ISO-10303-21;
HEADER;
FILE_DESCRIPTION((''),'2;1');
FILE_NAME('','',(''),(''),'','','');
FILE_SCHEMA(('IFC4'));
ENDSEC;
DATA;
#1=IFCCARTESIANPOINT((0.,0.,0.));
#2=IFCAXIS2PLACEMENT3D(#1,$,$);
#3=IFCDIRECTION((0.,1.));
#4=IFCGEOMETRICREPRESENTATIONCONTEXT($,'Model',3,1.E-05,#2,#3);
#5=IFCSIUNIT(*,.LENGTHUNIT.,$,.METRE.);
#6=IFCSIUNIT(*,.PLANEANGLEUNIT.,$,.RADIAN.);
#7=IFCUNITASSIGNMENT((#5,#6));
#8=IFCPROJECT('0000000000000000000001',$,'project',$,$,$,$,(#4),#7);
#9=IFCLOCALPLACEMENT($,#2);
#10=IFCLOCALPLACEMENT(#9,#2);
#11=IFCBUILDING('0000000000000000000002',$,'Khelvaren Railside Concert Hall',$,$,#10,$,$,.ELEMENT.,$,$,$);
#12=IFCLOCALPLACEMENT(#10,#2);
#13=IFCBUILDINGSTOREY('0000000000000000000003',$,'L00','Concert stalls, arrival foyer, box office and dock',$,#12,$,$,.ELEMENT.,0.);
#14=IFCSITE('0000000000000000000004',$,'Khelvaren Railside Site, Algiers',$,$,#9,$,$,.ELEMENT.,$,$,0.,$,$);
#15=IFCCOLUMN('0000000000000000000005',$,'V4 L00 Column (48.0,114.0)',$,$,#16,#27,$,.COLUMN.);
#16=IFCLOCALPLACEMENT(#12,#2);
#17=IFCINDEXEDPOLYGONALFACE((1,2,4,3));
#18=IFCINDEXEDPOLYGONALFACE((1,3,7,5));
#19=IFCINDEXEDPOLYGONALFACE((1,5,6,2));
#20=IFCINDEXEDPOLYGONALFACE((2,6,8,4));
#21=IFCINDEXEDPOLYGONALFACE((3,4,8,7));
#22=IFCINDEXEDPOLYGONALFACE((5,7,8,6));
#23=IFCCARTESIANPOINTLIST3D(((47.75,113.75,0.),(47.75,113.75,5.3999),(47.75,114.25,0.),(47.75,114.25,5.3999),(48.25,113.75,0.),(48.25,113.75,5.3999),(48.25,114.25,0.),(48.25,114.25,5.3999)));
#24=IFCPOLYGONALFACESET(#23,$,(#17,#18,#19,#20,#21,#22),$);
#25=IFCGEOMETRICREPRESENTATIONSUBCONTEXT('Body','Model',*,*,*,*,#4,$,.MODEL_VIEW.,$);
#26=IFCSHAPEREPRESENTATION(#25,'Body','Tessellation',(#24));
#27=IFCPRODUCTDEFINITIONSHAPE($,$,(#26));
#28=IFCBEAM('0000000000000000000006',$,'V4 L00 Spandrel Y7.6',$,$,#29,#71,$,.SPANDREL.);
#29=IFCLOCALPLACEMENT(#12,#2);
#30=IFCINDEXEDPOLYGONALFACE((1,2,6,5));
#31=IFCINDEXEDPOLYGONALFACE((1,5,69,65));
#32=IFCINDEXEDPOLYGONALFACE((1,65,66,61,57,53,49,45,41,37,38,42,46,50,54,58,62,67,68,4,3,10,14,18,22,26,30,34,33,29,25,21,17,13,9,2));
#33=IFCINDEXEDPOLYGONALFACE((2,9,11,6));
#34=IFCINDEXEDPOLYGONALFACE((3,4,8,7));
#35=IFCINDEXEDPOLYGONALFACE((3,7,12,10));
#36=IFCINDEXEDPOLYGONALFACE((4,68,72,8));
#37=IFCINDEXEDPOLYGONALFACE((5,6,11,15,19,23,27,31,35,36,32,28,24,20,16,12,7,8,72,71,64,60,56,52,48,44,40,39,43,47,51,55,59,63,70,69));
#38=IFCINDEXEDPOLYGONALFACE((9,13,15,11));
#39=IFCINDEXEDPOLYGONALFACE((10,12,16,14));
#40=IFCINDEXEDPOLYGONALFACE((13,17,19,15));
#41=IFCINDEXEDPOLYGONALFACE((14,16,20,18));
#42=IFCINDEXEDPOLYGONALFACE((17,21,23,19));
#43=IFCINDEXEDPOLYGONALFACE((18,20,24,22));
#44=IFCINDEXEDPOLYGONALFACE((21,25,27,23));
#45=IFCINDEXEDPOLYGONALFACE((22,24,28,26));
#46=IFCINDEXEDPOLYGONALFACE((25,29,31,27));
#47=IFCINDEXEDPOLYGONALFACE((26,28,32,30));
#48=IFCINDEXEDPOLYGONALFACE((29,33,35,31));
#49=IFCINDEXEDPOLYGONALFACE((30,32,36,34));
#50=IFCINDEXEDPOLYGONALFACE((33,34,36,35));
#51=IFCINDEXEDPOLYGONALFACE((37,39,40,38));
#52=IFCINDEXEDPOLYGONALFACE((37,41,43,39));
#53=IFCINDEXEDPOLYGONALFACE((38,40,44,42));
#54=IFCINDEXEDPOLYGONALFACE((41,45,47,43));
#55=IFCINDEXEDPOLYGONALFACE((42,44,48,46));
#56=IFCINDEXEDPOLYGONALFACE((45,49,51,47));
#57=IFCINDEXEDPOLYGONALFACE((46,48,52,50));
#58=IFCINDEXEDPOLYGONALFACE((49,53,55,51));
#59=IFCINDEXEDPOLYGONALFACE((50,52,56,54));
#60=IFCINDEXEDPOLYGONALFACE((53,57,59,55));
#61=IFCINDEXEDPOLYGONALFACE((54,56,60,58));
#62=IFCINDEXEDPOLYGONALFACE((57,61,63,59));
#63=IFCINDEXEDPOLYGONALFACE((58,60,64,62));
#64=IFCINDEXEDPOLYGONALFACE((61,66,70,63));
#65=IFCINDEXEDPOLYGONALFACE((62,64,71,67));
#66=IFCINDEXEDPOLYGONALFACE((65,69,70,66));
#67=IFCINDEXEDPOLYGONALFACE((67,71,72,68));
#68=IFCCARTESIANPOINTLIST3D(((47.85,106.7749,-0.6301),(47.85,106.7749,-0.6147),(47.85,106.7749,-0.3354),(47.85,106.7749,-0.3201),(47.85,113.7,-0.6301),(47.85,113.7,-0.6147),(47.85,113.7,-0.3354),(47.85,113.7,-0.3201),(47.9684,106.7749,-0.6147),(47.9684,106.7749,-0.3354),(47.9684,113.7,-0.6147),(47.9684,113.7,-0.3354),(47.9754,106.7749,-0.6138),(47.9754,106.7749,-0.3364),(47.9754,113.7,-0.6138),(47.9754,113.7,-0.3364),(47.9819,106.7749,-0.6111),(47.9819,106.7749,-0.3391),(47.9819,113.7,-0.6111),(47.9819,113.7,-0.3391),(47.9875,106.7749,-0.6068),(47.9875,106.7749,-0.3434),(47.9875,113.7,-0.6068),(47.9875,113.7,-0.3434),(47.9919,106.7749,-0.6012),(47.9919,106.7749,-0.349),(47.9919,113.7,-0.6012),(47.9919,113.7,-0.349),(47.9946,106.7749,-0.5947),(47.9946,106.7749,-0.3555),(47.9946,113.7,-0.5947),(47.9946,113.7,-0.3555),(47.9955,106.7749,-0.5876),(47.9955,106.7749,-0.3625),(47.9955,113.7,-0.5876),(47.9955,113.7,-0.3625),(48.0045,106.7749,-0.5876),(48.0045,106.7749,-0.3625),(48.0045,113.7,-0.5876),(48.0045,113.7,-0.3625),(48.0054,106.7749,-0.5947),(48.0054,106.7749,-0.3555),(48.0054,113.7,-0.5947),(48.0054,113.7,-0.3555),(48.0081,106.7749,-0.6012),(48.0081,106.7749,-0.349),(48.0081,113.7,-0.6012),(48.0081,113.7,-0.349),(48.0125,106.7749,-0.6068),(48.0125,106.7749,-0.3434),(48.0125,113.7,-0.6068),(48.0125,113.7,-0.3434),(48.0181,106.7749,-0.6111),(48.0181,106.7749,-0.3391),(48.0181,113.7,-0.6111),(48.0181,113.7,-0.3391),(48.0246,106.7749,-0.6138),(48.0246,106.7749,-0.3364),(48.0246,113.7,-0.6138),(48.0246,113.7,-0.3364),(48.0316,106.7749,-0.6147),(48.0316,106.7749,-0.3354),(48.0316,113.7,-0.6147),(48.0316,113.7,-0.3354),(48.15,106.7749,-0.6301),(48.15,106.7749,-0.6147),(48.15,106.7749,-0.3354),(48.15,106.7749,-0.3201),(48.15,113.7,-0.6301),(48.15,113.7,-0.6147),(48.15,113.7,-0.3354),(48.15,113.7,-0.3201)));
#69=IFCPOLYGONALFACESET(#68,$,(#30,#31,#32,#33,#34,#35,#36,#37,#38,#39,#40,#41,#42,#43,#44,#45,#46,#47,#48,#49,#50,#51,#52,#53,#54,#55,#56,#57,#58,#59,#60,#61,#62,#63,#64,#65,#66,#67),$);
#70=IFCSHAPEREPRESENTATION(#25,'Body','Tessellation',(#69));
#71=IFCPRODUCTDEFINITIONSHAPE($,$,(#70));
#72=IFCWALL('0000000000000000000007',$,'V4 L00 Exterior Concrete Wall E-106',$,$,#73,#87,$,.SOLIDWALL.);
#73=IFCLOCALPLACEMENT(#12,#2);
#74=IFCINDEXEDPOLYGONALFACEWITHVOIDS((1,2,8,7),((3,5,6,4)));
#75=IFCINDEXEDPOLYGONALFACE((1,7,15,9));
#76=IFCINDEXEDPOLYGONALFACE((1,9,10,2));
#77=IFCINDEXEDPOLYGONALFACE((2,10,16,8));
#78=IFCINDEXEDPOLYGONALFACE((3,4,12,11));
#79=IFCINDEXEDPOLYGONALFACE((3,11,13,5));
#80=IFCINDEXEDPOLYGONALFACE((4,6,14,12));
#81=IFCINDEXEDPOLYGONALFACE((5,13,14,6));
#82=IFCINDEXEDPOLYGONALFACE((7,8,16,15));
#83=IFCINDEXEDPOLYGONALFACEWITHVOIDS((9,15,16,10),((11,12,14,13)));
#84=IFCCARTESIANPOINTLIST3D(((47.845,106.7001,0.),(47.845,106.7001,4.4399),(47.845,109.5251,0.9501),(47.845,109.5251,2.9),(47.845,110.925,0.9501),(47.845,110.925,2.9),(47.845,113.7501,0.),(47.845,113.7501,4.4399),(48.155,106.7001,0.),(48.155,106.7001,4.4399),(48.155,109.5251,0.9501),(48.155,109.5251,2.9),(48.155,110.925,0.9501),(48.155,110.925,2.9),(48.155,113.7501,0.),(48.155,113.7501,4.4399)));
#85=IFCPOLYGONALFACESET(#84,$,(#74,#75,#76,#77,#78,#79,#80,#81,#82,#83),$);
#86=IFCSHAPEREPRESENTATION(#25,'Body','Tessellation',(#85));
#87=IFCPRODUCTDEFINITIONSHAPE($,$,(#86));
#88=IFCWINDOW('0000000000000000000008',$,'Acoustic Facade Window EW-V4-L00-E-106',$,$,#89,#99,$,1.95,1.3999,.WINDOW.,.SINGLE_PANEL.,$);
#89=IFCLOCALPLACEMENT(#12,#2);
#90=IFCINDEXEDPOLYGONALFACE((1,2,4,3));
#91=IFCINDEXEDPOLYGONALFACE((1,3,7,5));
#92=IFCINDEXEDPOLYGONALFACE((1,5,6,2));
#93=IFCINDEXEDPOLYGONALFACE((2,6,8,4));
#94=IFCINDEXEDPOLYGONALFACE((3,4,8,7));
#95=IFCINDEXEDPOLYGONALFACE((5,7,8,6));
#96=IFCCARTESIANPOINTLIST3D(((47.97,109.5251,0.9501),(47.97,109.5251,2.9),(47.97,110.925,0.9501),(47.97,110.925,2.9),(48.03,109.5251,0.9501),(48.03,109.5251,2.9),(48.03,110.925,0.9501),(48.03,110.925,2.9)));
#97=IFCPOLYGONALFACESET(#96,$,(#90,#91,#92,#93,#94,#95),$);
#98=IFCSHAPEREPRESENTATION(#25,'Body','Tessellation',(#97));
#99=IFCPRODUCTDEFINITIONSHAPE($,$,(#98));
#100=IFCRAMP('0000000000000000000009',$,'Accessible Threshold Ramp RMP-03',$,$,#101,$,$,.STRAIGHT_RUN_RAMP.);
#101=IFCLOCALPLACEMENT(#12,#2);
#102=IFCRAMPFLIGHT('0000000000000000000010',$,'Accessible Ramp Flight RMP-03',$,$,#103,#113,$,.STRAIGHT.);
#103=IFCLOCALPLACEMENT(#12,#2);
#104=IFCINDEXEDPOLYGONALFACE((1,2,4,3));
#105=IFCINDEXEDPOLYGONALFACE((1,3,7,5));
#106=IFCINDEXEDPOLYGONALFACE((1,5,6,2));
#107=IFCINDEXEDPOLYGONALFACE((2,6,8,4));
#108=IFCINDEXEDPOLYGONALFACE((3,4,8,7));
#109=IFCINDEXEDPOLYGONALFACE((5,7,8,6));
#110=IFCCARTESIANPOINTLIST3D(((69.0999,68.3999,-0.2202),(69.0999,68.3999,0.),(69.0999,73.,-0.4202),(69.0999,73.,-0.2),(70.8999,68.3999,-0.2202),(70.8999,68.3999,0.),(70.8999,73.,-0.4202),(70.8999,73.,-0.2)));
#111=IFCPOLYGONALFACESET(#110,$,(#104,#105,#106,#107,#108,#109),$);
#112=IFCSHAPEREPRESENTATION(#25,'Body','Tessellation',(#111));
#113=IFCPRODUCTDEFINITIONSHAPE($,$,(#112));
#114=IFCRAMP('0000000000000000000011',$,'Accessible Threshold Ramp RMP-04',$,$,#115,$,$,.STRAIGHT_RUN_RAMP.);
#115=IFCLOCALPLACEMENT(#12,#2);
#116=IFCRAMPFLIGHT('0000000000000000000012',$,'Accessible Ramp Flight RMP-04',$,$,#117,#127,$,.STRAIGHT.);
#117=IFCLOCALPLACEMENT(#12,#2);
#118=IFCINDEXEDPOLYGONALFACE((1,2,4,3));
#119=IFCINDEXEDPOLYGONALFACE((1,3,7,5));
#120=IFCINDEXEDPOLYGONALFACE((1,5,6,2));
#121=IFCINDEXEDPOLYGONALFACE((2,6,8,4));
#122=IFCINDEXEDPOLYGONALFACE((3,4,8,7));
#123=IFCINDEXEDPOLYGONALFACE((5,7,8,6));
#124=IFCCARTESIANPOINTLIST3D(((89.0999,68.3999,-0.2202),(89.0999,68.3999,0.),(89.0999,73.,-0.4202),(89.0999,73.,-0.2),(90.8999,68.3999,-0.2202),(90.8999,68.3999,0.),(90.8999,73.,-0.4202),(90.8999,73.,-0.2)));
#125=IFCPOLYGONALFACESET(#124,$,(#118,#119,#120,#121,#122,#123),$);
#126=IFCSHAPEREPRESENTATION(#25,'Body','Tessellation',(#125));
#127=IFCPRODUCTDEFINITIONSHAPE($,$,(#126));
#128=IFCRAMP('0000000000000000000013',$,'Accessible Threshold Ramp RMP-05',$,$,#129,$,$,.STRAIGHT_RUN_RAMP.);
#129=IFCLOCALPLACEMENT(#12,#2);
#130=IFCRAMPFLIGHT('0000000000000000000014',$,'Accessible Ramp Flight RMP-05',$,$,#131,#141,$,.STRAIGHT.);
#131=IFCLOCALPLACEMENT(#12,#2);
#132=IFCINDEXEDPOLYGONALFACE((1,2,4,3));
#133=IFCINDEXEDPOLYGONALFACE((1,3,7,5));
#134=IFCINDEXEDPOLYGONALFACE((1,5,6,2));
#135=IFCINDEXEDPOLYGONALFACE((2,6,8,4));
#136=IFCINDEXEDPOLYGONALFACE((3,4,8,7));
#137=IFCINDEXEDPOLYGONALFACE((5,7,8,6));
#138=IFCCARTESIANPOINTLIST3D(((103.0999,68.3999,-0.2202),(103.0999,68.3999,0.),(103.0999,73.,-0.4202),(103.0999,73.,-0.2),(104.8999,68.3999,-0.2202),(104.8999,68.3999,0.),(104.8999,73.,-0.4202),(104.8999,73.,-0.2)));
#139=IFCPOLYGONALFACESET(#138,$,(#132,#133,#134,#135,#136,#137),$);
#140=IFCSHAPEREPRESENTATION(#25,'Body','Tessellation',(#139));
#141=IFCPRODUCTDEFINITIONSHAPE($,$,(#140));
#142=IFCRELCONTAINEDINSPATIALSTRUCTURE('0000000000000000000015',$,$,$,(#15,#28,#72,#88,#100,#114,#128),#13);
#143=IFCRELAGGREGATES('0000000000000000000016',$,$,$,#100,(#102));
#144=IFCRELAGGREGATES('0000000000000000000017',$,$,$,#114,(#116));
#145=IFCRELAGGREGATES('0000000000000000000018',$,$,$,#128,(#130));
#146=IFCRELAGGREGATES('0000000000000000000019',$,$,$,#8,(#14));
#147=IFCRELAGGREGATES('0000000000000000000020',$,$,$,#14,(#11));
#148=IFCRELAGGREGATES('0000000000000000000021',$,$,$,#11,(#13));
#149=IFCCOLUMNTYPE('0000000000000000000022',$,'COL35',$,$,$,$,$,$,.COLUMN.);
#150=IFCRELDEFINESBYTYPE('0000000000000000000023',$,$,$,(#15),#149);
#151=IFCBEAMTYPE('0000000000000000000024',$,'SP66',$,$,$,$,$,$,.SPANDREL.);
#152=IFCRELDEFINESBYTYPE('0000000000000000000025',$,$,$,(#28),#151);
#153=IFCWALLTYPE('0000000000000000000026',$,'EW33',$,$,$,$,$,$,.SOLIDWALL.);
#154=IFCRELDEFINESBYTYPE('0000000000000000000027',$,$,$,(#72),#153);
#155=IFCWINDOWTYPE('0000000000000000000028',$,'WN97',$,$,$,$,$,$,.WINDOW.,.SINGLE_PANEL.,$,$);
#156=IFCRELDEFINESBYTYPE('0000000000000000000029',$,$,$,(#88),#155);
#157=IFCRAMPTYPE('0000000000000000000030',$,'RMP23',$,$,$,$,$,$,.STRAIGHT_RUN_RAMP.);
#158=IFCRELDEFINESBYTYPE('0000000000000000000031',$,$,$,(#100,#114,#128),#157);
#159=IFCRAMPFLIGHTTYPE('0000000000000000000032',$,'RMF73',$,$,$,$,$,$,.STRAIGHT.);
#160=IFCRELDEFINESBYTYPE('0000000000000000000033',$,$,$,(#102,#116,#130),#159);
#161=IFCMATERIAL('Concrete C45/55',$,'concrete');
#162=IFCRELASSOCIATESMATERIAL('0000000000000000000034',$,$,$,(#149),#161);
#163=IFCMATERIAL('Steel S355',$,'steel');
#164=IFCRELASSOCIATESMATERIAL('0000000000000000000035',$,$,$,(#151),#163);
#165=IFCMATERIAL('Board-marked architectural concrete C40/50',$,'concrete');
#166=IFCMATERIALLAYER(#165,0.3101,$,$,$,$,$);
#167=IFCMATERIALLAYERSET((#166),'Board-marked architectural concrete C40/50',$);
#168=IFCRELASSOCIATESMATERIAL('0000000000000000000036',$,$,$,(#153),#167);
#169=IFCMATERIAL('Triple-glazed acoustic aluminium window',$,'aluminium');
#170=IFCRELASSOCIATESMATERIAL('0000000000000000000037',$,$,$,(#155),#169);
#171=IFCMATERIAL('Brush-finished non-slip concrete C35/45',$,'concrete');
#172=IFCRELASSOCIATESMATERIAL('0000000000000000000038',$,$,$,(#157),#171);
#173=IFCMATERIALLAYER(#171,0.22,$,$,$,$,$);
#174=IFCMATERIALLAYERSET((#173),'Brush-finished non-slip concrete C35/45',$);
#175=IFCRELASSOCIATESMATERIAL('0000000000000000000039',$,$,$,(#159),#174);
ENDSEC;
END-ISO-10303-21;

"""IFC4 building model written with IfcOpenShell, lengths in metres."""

from ifc_helpers import new_model, si_unit, direction, frame, frame_2d, origin, origin_2d, place, context, subcontext, project, spatial, polyline, rectangle, i_section, outline, extrude, material, layer, layer_set, material_profile, profile_set, type_object, element, fill, aggregate, save


model = new_model("IFC4")

# Units and contexts
model_context = context("Model", 3, precision=1e-05, world=origin(), true_north=direction((0.0, 1.0)))
body_context = subcontext(model_context, "Body", "Model", "MODEL_VIEW")
ifc_project = project(units=[si_unit("LENGTHUNIT", "METRE"), si_unit("PLANEANGLEUNIT", "RADIAN")], contexts=[model_context])

# Site, building, storey
site_placement = place(None, origin())
site = spatial("IfcSite", under=ifc_project, at=site_placement, Name="Khelvaren Railside Site, Algiers", CompositionType="ELEMENT", RefElevation=0.0)
building_placement = place(site_placement, origin())
building = spatial("IfcBuilding", under=site, at=building_placement, Name="Khelvaren Railside Concert Hall", CompositionType="ELEMENT")
storey_placement = place(building_placement, origin())
storey = spatial("IfcBuildingStorey", under=building, at=storey_placement, Name="L00", Description="Concert stalls, arrival foyer, box office and dock", CompositionType="ELEMENT", Elevation=0.0)

# Column
ifc_material_1 = material(Name="Concrete C45/55", Category="concrete")
ifc_material_profile_1 = material_profile(ifc_material_1, rectangle(XDim=0.5, YDim=0.5, at=origin_2d()), Name="RC 500x500")
ifc_profile_set_1 = profile_set([ifc_material_profile_1], Name="Concrete C45/55")
column_type = type_object("IfcColumnType", Name="COL35", PredefinedType="COLUMN", material=ifc_profile_set_1)
column_placement = place(storey_placement, frame((48.0, 114.0, 0.0), z_axis=(0.0, 0.0, 1.0), x_axis=(1.0, 0.0, 0.0)))
element("IfcColumn", 1, at=column_placement, inside=storey, type_object=column_type, Name="V4 L00 Column (48.0,114.0)", PredefinedType="COLUMN", context=body_context, shape_type="SweptSolid", body=[
    extrude(rectangle(XDim=0.5, YDim=0.5, at=origin_2d()), origin(), (0.0, 0.0, 1.0), 5.3999),
])

# Beam
ifc_material_2 = material(Name="Steel S355", Category="steel")
ifc_material_profile_2 = material_profile(ifc_material_2, i_section(OverallWidth=0.3, OverallDepth=0.3101, WebThickness=0.009, FlangeThickness=0.0154, FilletRadius=0.0271, at=origin_2d()), Name="HEA 320")
ifc_profile_set_2 = profile_set([ifc_material_profile_2], Name="Steel S355")
beam_type = type_object("IfcBeamType", Name="SP66", PredefinedType="SPANDREL", material=ifc_profile_set_2)
beam_placement = place(storey_placement, frame((48.0, 106.7749, -0.4751), z_axis=(0.0, 1.0, 0.0), x_axis=(-1.0, 0.0, 0.0)))
element("IfcBeam", 2, at=beam_placement, inside=storey, type_object=beam_type, Name="V4 L00 Spandrel Y7.6", PredefinedType="SPANDREL", context=body_context, shape_type="SweptSolid", body=[
    extrude(i_section(OverallWidth=0.3, OverallDepth=0.3101, WebThickness=0.009, FlangeThickness=0.0154, FilletRadius=0.0271, at=origin_2d()), origin(), (0.0, 0.0, 1.0), 6.925),
])

# Wall, opening, window
ifc_material_3 = material(Name="Board-marked architectural concrete C40/50", Category="concrete")
ifc_layer_1 = layer(ifc_material_3, 0.3101)
ifc_layer_set_1 = layer_set([ifc_layer_1], Name="Board-marked architectural concrete C40/50")
wall_type = type_object("IfcWallType", Name="EW33", PredefinedType="SOLIDWALL", material=ifc_layer_set_1)
wall_placement = place(storey_placement, frame((48.0, 113.75, 0.0), z_axis=(0.0, 0.0, 1.0), x_axis=(0.0, -1.0, 0.0)))
wall = element("IfcWall", 3, at=wall_placement, inside=storey, type_object=wall_type, Name="V4 L00 Exterior Concrete Wall E-106", PredefinedType="SOLIDWALL", context=body_context, shape_type="SweptSolid", body=[
    extrude(rectangle(XDim=7.05, YDim=0.3101, at=frame_2d((3.5249, 0.0))), origin(), (0.0, 0.0, 1.0), 4.4399),
])
opening_placement = place(wall_placement, frame((2.825, 0.0, 0.95)))
opening = element("IfcOpeningElement", 4, at=opening_placement, cuts=wall, PredefinedType="OPENING", context=body_context, shape_type="SweptSolid", body=[
    extrude(rectangle(XDim=1.3999, YDim=1.95, at=frame_2d((0.7, 0.9751))), frame((0.0, 0.165, 0.0), z_axis=(0.0, -1.0, 0.0), x_axis=(1.0, 0.0, 0.0)), (0.0, 0.0, 1.0), 0.3301),
])
ifc_material_4 = material(Name="Triple-glazed acoustic aluminium window", Category="aluminium")
window_type = type_object("IfcWindowType", Name="WN97", PartitioningType="SINGLE_PANEL", PredefinedType="WINDOW", material=ifc_material_4)
window_placement = place(opening_placement, origin())
window = element("IfcWindow", 5, at=window_placement, inside=storey, type_object=window_type, Name="Acoustic Facade Window EW-V4-L00-E-106", OverallHeight=1.95, OverallWidth=1.3999, PartitioningType="SINGLE_PANEL", PredefinedType="WINDOW", context=body_context, shape_type="SweptSolid", body=[
    extrude(rectangle(XDim=1.3999, YDim=1.95, at=frame_2d((0.7, 0.9751))), frame((0.0, 0.03, 0.0), z_axis=(0.0, -1.0, 0.0), x_axis=(1.0, 0.0, 0.0)), (0.0, 0.0, 1.0), 0.0601),
])
fill(opening, window)

# Ramps, ramp flights
ifc_material_5 = material(Name="Brush-finished non-slip concrete C35/45", Category="concrete")
ramp_type = type_object("IfcRampType", Name="RMP23", PredefinedType="STRAIGHT_RUN_RAMP", material=ifc_material_5)
ramp_1_placement = place(storey_placement, origin())
ramp_1 = element("IfcRamp", 6, at=ramp_1_placement, inside=storey, type_object=ramp_type, Name="Accessible Threshold Ramp RMP-03", PredefinedType="STRAIGHT_RUN_RAMP")
ifc_layer_2 = layer(ifc_material_5, 0.22)
ifc_layer_set_2 = layer_set([ifc_layer_2], Name="Brush-finished non-slip concrete C35/45")
ramp_flight_type = type_object("IfcRampFlightType", Name="RMF73", PredefinedType="STRAIGHT", material=ifc_layer_set_2)
ramp_flight_1_placement = place(storey_placement, frame((70.0, 73.0, -0.2), z_axis=(0.0, 0.0, 1.0), x_axis=(0.0, -1.0, 0.0)))
ramp_flight_1 = element("IfcRampFlight", 7, at=ramp_flight_1_placement, type_object=ramp_flight_type, Name="Accessible Ramp Flight RMP-03", PredefinedType="STRAIGHT", context=body_context, shape_type="SweptSolid", body=[
    extrude(outline(polyline([(0.0, 0.0), (4.6001, 0.2), (4.6001, -0.0203), (0.0, -0.2202), (0.0, 0.0)])), frame((0.0, 0.8999, 0.0), z_axis=(0.0, -1.0, 0.0), x_axis=(1.0, 0.0, 0.0)), (0.0, 0.0, 1.0), 1.8),
])
aggregate(ramp_1, [ramp_flight_1])
ramp_2_placement = place(storey_placement, origin())
ramp_2 = element("IfcRamp", 8, at=ramp_2_placement, inside=storey, type_object=ramp_type, Name="Accessible Threshold Ramp RMP-04", PredefinedType="STRAIGHT_RUN_RAMP")
ramp_flight_2_placement = place(storey_placement, frame((90.0, 73.0, -0.2), z_axis=(0.0, 0.0, 1.0), x_axis=(0.0, -1.0, 0.0)))
ramp_flight_2 = element("IfcRampFlight", 9, at=ramp_flight_2_placement, type_object=ramp_flight_type, Name="Accessible Ramp Flight RMP-04", PredefinedType="STRAIGHT", context=body_context, shape_type="SweptSolid", body=[
    extrude(outline(polyline([(0.0, 0.0), (4.6001, 0.2), (4.6001, -0.0203), (0.0, -0.2202), (0.0, 0.0)])), frame((0.0, 0.8999, 0.0), z_axis=(0.0, -1.0, 0.0), x_axis=(1.0, 0.0, 0.0)), (0.0, 0.0, 1.0), 1.8),
])
aggregate(ramp_2, [ramp_flight_2])
ramp_3_placement = place(storey_placement, origin())
ramp_3 = element("IfcRamp", 10, at=ramp_3_placement, inside=storey, type_object=ramp_type, Name="Accessible Threshold Ramp RMP-05", PredefinedType="STRAIGHT_RUN_RAMP")
ramp_flight_3_placement = place(storey_placement, frame((104.0, 73.0, -0.2), z_axis=(0.0, 0.0, 1.0), x_axis=(0.0, -1.0, 0.0)))
ramp_flight_3 = element("IfcRampFlight", 11, at=ramp_flight_3_placement, type_object=ramp_flight_type, Name="Accessible Ramp Flight RMP-05", PredefinedType="STRAIGHT", context=body_context, shape_type="SweptSolid", body=[
    extrude(outline(polyline([(0.0, 0.0), (4.6001, 0.2), (4.6001, -0.0203), (0.0, -0.2202), (0.0, 0.0)])), frame((0.0, 0.8999, 0.0), z_axis=(0.0, -1.0, 0.0), x_axis=(1.0, 0.0, 0.0)), (0.0, 0.0, 1.0), 1.8),
])
aggregate(ramp_3, [ramp_flight_3])

save(model, "model.ifc")
